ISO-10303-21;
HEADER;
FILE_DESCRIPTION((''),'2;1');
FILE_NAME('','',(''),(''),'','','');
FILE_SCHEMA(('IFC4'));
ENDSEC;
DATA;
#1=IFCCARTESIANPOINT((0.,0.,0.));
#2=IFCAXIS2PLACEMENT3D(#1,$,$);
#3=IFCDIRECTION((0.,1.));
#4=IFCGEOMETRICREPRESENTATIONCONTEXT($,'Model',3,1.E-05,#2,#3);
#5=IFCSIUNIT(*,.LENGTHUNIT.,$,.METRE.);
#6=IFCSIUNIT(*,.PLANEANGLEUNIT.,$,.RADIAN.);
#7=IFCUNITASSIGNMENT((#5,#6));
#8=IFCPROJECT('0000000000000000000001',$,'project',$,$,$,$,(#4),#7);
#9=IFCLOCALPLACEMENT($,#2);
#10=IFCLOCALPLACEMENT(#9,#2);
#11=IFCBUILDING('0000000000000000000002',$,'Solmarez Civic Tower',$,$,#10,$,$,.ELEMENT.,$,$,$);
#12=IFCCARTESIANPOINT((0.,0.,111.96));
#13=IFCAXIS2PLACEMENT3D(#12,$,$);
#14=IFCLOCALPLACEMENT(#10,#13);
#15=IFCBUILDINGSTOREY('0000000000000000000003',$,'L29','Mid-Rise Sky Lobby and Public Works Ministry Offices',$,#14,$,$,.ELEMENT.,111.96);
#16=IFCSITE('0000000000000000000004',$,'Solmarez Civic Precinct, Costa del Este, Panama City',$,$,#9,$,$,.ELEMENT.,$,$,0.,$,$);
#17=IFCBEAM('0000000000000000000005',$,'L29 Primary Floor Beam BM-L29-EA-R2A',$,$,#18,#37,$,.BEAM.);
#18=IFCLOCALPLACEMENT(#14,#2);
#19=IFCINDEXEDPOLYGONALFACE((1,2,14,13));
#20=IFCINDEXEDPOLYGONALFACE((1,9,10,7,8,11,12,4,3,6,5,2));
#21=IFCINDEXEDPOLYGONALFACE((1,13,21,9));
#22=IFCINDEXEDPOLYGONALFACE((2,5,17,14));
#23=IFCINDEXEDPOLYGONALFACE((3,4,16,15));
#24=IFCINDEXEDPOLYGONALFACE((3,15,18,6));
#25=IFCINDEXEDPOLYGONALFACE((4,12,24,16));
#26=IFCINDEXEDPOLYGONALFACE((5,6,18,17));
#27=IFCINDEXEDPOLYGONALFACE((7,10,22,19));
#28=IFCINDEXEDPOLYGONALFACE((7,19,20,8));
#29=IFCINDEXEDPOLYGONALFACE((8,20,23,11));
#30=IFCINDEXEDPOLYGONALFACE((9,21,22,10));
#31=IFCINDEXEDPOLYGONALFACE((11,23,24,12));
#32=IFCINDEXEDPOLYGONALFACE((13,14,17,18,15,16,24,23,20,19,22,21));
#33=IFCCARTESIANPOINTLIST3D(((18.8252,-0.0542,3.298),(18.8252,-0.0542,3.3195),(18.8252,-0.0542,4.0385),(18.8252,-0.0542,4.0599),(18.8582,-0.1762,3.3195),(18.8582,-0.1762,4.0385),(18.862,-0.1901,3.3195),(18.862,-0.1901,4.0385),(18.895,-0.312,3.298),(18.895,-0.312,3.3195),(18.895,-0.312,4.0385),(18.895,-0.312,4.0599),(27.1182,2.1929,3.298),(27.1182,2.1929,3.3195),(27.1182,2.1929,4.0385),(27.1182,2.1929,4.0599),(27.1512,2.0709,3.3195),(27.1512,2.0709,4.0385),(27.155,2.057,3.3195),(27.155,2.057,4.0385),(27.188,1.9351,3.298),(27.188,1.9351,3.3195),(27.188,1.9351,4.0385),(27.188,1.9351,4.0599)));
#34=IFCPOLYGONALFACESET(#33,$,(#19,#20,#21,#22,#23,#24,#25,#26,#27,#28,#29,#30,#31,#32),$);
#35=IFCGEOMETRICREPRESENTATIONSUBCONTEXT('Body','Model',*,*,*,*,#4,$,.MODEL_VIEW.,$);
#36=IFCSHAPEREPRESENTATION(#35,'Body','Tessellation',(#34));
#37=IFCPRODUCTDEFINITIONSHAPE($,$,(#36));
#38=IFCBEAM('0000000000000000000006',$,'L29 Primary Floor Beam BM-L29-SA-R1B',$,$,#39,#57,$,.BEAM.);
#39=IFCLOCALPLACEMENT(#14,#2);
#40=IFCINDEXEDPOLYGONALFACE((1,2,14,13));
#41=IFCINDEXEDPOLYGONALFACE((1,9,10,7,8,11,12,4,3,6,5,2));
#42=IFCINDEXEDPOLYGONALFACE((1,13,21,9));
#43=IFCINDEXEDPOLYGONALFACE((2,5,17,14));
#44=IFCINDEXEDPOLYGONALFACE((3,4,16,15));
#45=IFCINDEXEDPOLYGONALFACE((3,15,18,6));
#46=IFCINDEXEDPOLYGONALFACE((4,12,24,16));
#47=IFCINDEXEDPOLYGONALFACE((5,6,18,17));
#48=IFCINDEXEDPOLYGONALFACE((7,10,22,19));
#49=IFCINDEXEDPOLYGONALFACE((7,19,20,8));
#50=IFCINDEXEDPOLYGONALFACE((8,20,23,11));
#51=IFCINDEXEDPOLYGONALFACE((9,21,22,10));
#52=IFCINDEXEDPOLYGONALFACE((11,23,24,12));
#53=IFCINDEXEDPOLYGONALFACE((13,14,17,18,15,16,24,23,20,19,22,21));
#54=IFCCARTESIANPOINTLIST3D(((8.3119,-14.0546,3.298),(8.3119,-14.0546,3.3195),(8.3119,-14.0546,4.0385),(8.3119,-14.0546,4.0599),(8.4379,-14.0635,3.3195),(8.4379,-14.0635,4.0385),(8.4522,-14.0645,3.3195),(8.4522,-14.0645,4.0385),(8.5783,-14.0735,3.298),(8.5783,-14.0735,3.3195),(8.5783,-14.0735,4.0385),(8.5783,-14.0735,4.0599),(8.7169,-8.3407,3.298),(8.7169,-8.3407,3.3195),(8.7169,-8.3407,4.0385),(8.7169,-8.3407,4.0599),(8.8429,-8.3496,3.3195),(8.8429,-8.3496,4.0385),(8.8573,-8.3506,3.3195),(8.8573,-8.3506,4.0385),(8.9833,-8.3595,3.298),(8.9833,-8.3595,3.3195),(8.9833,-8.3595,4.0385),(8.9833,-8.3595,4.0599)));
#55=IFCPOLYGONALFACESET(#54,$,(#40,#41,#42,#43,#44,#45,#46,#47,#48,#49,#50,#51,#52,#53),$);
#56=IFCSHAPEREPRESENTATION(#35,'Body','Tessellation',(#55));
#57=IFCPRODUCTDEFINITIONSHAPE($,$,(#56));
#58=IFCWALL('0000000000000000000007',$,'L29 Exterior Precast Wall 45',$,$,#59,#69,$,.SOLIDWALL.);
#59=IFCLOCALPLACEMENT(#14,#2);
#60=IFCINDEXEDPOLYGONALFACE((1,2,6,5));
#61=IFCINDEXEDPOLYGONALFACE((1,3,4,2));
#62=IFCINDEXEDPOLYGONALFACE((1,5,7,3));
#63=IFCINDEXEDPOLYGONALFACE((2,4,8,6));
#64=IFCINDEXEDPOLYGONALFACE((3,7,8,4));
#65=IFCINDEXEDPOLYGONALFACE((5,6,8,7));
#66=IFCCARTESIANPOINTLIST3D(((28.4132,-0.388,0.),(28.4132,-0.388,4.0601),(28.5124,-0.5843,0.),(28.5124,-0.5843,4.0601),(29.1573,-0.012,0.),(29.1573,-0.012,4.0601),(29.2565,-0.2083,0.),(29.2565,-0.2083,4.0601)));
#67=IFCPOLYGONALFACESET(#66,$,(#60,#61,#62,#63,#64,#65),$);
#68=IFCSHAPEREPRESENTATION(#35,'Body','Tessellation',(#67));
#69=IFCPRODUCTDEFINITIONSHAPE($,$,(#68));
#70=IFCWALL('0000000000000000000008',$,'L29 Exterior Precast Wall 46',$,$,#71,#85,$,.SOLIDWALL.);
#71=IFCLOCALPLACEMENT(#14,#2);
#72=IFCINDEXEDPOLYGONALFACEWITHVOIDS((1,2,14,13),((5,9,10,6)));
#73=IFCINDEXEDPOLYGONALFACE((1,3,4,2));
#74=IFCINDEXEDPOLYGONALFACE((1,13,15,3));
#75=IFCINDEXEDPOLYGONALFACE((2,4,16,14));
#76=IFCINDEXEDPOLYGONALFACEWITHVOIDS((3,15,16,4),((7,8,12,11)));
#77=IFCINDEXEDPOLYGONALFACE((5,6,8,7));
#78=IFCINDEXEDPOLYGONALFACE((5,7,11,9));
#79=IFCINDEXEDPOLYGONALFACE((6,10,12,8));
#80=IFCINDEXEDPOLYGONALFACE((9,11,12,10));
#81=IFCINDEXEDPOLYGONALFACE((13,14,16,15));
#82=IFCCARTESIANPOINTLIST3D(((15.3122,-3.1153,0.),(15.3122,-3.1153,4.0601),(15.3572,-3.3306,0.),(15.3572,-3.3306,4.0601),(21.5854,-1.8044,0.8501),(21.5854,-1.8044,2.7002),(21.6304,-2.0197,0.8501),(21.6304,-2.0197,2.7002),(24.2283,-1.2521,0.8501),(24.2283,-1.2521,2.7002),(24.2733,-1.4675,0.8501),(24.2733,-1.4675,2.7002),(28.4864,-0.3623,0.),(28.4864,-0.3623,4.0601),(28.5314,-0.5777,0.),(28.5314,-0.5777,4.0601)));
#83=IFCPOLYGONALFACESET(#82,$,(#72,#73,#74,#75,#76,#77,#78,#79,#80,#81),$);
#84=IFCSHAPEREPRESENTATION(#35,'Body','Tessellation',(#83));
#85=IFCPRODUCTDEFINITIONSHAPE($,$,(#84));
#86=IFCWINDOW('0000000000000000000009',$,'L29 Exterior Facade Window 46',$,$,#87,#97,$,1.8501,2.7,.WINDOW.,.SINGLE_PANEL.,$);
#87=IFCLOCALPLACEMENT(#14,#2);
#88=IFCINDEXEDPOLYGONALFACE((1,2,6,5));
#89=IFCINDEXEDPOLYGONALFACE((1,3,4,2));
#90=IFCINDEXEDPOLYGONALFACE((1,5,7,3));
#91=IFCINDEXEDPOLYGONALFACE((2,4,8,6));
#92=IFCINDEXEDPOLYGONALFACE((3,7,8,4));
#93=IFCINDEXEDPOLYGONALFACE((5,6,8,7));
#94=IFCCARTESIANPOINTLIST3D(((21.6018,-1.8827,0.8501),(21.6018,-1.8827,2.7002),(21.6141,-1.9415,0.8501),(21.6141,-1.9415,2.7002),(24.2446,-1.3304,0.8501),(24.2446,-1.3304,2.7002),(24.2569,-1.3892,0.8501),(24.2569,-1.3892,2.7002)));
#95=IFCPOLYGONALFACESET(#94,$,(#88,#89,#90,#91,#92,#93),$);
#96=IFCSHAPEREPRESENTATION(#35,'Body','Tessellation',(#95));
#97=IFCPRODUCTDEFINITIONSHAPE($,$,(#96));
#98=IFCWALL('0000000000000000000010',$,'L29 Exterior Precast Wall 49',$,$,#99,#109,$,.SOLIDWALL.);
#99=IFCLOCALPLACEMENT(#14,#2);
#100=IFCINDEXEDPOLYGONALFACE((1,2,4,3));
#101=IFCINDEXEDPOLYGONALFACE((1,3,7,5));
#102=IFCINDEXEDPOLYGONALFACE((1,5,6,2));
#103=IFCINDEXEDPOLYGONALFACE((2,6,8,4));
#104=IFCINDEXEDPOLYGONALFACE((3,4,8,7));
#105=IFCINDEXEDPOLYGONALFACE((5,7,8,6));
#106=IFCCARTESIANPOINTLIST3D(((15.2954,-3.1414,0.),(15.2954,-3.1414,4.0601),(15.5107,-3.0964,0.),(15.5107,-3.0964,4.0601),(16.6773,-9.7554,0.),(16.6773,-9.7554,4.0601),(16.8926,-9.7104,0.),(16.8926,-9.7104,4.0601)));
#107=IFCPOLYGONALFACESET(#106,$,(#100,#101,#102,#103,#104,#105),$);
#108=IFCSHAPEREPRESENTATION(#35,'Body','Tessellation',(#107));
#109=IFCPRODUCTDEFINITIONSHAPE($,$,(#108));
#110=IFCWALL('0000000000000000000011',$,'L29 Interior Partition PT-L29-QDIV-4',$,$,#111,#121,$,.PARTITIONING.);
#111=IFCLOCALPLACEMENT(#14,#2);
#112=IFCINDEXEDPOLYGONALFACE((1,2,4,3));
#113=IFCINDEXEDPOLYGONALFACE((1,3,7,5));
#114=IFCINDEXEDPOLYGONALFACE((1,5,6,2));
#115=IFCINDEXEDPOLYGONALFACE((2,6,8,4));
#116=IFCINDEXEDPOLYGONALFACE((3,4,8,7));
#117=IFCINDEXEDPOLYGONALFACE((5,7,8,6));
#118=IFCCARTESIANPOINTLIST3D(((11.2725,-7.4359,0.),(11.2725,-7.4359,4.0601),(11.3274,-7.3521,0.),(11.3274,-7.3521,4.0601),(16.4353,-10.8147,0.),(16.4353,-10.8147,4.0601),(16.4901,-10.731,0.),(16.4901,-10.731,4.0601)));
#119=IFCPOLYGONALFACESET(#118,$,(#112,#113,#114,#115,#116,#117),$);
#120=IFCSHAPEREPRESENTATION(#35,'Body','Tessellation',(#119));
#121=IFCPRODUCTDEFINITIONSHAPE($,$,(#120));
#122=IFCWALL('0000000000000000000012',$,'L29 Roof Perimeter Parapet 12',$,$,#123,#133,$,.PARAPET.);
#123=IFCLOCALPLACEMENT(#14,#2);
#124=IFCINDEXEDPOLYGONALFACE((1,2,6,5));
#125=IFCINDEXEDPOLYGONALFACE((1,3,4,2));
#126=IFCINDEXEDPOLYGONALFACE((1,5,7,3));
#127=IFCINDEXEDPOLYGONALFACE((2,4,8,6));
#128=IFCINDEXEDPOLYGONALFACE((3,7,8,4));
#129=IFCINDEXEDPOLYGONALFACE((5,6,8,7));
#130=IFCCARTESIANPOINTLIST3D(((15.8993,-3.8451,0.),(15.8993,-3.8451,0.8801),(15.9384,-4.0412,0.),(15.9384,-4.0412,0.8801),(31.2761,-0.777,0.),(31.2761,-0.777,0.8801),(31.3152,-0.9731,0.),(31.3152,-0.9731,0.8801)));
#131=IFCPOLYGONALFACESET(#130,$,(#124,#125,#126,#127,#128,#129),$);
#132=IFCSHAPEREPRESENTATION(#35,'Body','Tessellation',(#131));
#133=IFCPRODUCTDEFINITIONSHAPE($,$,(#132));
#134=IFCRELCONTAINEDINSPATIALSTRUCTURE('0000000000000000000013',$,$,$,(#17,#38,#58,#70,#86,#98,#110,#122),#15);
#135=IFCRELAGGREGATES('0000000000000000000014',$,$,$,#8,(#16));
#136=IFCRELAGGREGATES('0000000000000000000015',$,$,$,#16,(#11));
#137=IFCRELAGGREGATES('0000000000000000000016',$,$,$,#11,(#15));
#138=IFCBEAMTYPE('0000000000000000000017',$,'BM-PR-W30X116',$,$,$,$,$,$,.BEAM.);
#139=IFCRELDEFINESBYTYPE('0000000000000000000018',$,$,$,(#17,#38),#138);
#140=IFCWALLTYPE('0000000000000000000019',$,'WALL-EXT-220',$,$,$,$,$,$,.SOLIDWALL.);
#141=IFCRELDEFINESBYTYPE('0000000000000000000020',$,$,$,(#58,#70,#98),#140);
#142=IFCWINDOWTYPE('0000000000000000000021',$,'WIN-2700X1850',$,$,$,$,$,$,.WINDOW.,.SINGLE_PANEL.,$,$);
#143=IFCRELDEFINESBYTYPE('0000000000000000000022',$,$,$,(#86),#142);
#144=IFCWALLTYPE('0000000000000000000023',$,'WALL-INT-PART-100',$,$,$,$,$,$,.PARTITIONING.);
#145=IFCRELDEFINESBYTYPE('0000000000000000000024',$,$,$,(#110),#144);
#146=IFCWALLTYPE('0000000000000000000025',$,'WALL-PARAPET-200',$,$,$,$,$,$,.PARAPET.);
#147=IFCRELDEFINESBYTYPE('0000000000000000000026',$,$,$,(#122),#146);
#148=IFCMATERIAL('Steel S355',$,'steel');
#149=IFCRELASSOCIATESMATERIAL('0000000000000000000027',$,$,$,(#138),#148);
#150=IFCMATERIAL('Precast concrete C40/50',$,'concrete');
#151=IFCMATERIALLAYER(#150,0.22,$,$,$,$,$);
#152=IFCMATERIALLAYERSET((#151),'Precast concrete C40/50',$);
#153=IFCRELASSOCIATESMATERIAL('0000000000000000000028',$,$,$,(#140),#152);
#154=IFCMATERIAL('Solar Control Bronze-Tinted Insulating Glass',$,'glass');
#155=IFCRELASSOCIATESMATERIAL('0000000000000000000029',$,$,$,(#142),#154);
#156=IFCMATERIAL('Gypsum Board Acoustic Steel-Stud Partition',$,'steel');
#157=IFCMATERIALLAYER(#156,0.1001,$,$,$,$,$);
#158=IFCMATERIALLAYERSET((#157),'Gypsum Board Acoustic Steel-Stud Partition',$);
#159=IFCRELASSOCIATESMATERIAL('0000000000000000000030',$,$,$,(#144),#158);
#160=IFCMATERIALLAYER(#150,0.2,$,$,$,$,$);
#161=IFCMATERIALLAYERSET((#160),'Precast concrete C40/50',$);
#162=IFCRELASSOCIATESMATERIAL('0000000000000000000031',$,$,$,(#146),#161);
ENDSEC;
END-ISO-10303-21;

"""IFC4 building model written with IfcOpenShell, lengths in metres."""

from ifc_helpers import new_model, si_unit, direction, frame, frame_2d, origin, origin_2d, place, context, subcontext, project, spatial, rectangle, i_section, extrude, material, layer, layer_set, material_profile, profile_set, type_object, element, fill, save


model = new_model("IFC4")

# Units and contexts
model_context = context("Model", 3, precision=1e-05, world=origin(), true_north=direction((0.0, 1.0)))
body_context = subcontext(model_context, "Body", "Model", "MODEL_VIEW")
ifc_project = project(units=[si_unit("LENGTHUNIT", "METRE"), si_unit("PLANEANGLEUNIT", "RADIAN")], contexts=[model_context])

# Site, building, storey
site_placement = place(None, origin())
site = spatial("IfcSite", under=ifc_project, at=site_placement, Name="Solmarez Civic Precinct, Costa del Este, Panama City", CompositionType="ELEMENT", RefElevation=0.0)
building_placement = place(site_placement, origin())
building = spatial("IfcBuilding", under=site, at=building_placement, Name="Solmarez Civic Tower", CompositionType="ELEMENT")
storey_placement = place(building_placement, frame((0.0, 0.0, 111.96)))
storey = spatial("IfcBuildingStorey", under=building, at=storey_placement, Name="L29", Description="Mid-Rise Sky Lobby and Public Works Ministry Offices", CompositionType="ELEMENT", Elevation=111.96)

# Beams
ifc_material_1 = material(Name="Steel S355", Category="steel")
ifc_material_profile_1 = material_profile(ifc_material_1, i_section(OverallWidth=0.2671, OverallDepth=0.762, WebThickness=0.0144, FlangeThickness=0.0215, at=origin_2d()), Name="W30X116")
ifc_profile_set_1 = profile_set([ifc_material_profile_1], Name="Steel S355")
beam_type_1 = type_object("IfcBeamType", Name="BM-PR-W30X116", PredefinedType="BEAM", material=ifc_profile_set_1)
beam_1_placement = place(storey_placement, frame((18.8601, -0.1831, 3.679), z_axis=(0.965195, 0.26153, 0.0), x_axis=(-0.26153, 0.965195, 0.0)))
element("IfcBeam", 1, at=beam_1_placement, inside=storey, type_object=beam_type_1, Name="L29 Primary Floor Beam BM-L29-EA-R2A", PredefinedType="BEAM", context=body_context, shape_type="SweptSolid", body=[
    extrude(i_section(OverallWidth=0.2671, OverallDepth=0.762, WebThickness=0.0144, FlangeThickness=0.0215, at=origin_2d()), origin(), (0.0, 0.0, 1.0), 8.592),
])
beam_2_placement = place(storey_placement, frame((8.8501, -8.3501, 3.679), z_axis=(-0.070708, -0.997497, 0.0), x_axis=(0.997497, -0.070708, 0.0)))
element("IfcBeam", 2, at=beam_2_placement, inside=storey, type_object=beam_type_1, Name="L29 Primary Floor Beam BM-L29-SA-R1B", PredefinedType="BEAM", context=body_context, shape_type="SweptSolid", body=[
    extrude(i_section(OverallWidth=0.2671, OverallDepth=0.762, WebThickness=0.0144, FlangeThickness=0.0215, at=origin_2d()), origin(), (0.0, 0.0, 1.0), 5.7283),
])

# Wall
ifc_material_2 = material(Name="Precast concrete C40/50", Category="concrete")
ifc_layer_1 = layer(ifc_material_2, 0.22)
ifc_layer_set_1 = layer_set([ifc_layer_1], Name="Precast concrete C40/50")
wall_type_1 = type_object("IfcWallType", Name="WALL-EXT-220", PredefinedType="SOLIDWALL", material=ifc_layer_set_1)
wall_1_placement = place(storey_placement, frame((29.207, -0.1101, 0.0), z_axis=(0.0, 0.0, 1.0), x_axis=(-0.892545, -0.450958, 0.0)))
element("IfcWall", 3, at=wall_1_placement, inside=storey, type_object=wall_type_1, Name="L29 Exterior Precast Wall 45", PredefinedType="SOLIDWALL", context=body_context, shape_type="SweptSolid", body=[
    extrude(rectangle(XDim=0.8337, YDim=0.22, at=frame_2d((0.417, 0.0))), origin(), (0.0, 0.0, 1.0), 4.0601),
])

# Wall, opening, window
wall_2_placement = place(storey_placement, frame((28.509, -0.47, 0.0), z_axis=(0.0, 0.0, 1.0), x_axis=(-0.978857, -0.204547, 0.0)))
wall_2 = element("IfcWall", 4, at=wall_2_placement, inside=storey, type_object=wall_type_1, Name="L29 Exterior Precast Wall 46", PredefinedType="SOLIDWALL", context=body_context, shape_type="SweptSolid", body=[
    extrude(rectangle(XDim=13.4587, YDim=0.22, at=frame_2d((6.7295, 0.0))), origin(), (0.0, 0.0, 1.0), 4.0601),
])
opening_placement = place(wall_2_placement, frame((4.3501, 0.0, 0.8501)))
opening = element("IfcOpeningElement", 5, at=opening_placement, cuts=wall_2, PredefinedType="OPENING", context=body_context, shape_type="SweptSolid", body=[
    extrude(rectangle(XDim=2.7, YDim=1.8501, at=frame_2d((1.3501, 0.925))), frame((0.0, 0.1199, 0.0), z_axis=(0.0, -1.0, 0.0), x_axis=(1.0, 0.0, 0.0)), (0.0, 0.0, 1.0), 0.24),
])
ifc_material_3 = material(Name="Solar Control Bronze-Tinted Insulating Glass", Category="glass")
window_type = type_object("IfcWindowType", Name="WIN-2700X1850", PartitioningType="SINGLE_PANEL", PredefinedType="WINDOW", material=ifc_material_3)
window_placement = place(opening_placement, origin())
window = element("IfcWindow", 6, at=window_placement, inside=storey, type_object=window_type, Name="L29 Exterior Facade Window 46", OverallHeight=1.8501, OverallWidth=2.7, PartitioningType="SINGLE_PANEL", PredefinedType="WINDOW", context=body_context, shape_type="SweptSolid", body=[
    extrude(rectangle(XDim=2.7, YDim=1.8501, at=frame_2d((1.3501, 0.925))), frame((0.0, 0.03, 0.0), z_axis=(0.0, -1.0, 0.0), x_axis=(1.0, 0.0, 0.0)), (0.0, 0.0, 1.0), 0.0601),
])
fill(opening, window)

# Walls
wall_3_placement = place(storey_placement, frame((15.4031, -3.1189, 0.0), z_axis=(0.0, 0.0, 1.0), x_axis=(0.20451, -0.978865, 0.0)))
element("IfcWall", 7, at=wall_3_placement, inside=storey, type_object=wall_type_1, Name="L29 Exterior Precast Wall 49", PredefinedType="SOLIDWALL", context=body_context, shape_type="SweptSolid", body=[
    extrude(rectangle(XDim=6.7568, YDim=0.22, at=frame_2d((3.3784, 0.0))), origin(), (0.0, 0.0, 1.0), 4.0601),
])
ifc_material_4 = material(Name="Gypsum Board Acoustic Steel-Stud Partition", Category="steel")
ifc_layer_2 = layer(ifc_material_4, 0.1001)
ifc_layer_set_2 = layer_set([ifc_layer_2], Name="Gypsum Board Acoustic Steel-Stud Partition")
wall_type_2 = type_object("IfcWallType", Name="WALL-INT-PART-100", PredefinedType="PARTITIONING", material=ifc_layer_set_2)
wall_4_placement = place(storey_placement, frame((11.3, -7.394, 0.0), z_axis=(0.0, 0.0, 1.0), x_axis=(0.836732, -0.547613, 0.0)))
element("IfcWall", 8, at=wall_4_placement, inside=storey, type_object=wall_type_2, Name="L29 Interior Partition PT-L29-QDIV-4", PredefinedType="PARTITIONING", context=body_context, shape_type="SweptSolid", body=[
    extrude(rectangle(XDim=6.1702, YDim=0.1001, at=frame_2d((3.085, 0.0))), origin(), (0.0, 0.0, 1.0), 4.0601),
])
ifc_layer_3 = layer(ifc_material_2, 0.2)
ifc_layer_set_3 = layer_set([ifc_layer_3], Name="Precast concrete C40/50")
wall_type_3 = type_object("IfcWallType", Name="WALL-PARAPET-200", PredefinedType="PARAPET", material=ifc_layer_set_3)
wall_5_placement = place(storey_placement, frame((15.9189, -3.9431, 0.0), z_axis=(0.0, 0.0, 1.0), x_axis=(0.98067, 0.19567, 0.0)))
element("IfcWall", 9, at=wall_5_placement, inside=storey, type_object=wall_type_3, Name="L29 Roof Perimeter Parapet 12", PredefinedType="PARAPET", context=body_context, shape_type="SweptSolid", body=[
    extrude(rectangle(XDim=15.6799, YDim=0.2, at=frame_2d((7.8398, 0.0))), origin(), (0.0, 0.0, 1.0), 0.8801),
])

save(model, "model.ifc")
